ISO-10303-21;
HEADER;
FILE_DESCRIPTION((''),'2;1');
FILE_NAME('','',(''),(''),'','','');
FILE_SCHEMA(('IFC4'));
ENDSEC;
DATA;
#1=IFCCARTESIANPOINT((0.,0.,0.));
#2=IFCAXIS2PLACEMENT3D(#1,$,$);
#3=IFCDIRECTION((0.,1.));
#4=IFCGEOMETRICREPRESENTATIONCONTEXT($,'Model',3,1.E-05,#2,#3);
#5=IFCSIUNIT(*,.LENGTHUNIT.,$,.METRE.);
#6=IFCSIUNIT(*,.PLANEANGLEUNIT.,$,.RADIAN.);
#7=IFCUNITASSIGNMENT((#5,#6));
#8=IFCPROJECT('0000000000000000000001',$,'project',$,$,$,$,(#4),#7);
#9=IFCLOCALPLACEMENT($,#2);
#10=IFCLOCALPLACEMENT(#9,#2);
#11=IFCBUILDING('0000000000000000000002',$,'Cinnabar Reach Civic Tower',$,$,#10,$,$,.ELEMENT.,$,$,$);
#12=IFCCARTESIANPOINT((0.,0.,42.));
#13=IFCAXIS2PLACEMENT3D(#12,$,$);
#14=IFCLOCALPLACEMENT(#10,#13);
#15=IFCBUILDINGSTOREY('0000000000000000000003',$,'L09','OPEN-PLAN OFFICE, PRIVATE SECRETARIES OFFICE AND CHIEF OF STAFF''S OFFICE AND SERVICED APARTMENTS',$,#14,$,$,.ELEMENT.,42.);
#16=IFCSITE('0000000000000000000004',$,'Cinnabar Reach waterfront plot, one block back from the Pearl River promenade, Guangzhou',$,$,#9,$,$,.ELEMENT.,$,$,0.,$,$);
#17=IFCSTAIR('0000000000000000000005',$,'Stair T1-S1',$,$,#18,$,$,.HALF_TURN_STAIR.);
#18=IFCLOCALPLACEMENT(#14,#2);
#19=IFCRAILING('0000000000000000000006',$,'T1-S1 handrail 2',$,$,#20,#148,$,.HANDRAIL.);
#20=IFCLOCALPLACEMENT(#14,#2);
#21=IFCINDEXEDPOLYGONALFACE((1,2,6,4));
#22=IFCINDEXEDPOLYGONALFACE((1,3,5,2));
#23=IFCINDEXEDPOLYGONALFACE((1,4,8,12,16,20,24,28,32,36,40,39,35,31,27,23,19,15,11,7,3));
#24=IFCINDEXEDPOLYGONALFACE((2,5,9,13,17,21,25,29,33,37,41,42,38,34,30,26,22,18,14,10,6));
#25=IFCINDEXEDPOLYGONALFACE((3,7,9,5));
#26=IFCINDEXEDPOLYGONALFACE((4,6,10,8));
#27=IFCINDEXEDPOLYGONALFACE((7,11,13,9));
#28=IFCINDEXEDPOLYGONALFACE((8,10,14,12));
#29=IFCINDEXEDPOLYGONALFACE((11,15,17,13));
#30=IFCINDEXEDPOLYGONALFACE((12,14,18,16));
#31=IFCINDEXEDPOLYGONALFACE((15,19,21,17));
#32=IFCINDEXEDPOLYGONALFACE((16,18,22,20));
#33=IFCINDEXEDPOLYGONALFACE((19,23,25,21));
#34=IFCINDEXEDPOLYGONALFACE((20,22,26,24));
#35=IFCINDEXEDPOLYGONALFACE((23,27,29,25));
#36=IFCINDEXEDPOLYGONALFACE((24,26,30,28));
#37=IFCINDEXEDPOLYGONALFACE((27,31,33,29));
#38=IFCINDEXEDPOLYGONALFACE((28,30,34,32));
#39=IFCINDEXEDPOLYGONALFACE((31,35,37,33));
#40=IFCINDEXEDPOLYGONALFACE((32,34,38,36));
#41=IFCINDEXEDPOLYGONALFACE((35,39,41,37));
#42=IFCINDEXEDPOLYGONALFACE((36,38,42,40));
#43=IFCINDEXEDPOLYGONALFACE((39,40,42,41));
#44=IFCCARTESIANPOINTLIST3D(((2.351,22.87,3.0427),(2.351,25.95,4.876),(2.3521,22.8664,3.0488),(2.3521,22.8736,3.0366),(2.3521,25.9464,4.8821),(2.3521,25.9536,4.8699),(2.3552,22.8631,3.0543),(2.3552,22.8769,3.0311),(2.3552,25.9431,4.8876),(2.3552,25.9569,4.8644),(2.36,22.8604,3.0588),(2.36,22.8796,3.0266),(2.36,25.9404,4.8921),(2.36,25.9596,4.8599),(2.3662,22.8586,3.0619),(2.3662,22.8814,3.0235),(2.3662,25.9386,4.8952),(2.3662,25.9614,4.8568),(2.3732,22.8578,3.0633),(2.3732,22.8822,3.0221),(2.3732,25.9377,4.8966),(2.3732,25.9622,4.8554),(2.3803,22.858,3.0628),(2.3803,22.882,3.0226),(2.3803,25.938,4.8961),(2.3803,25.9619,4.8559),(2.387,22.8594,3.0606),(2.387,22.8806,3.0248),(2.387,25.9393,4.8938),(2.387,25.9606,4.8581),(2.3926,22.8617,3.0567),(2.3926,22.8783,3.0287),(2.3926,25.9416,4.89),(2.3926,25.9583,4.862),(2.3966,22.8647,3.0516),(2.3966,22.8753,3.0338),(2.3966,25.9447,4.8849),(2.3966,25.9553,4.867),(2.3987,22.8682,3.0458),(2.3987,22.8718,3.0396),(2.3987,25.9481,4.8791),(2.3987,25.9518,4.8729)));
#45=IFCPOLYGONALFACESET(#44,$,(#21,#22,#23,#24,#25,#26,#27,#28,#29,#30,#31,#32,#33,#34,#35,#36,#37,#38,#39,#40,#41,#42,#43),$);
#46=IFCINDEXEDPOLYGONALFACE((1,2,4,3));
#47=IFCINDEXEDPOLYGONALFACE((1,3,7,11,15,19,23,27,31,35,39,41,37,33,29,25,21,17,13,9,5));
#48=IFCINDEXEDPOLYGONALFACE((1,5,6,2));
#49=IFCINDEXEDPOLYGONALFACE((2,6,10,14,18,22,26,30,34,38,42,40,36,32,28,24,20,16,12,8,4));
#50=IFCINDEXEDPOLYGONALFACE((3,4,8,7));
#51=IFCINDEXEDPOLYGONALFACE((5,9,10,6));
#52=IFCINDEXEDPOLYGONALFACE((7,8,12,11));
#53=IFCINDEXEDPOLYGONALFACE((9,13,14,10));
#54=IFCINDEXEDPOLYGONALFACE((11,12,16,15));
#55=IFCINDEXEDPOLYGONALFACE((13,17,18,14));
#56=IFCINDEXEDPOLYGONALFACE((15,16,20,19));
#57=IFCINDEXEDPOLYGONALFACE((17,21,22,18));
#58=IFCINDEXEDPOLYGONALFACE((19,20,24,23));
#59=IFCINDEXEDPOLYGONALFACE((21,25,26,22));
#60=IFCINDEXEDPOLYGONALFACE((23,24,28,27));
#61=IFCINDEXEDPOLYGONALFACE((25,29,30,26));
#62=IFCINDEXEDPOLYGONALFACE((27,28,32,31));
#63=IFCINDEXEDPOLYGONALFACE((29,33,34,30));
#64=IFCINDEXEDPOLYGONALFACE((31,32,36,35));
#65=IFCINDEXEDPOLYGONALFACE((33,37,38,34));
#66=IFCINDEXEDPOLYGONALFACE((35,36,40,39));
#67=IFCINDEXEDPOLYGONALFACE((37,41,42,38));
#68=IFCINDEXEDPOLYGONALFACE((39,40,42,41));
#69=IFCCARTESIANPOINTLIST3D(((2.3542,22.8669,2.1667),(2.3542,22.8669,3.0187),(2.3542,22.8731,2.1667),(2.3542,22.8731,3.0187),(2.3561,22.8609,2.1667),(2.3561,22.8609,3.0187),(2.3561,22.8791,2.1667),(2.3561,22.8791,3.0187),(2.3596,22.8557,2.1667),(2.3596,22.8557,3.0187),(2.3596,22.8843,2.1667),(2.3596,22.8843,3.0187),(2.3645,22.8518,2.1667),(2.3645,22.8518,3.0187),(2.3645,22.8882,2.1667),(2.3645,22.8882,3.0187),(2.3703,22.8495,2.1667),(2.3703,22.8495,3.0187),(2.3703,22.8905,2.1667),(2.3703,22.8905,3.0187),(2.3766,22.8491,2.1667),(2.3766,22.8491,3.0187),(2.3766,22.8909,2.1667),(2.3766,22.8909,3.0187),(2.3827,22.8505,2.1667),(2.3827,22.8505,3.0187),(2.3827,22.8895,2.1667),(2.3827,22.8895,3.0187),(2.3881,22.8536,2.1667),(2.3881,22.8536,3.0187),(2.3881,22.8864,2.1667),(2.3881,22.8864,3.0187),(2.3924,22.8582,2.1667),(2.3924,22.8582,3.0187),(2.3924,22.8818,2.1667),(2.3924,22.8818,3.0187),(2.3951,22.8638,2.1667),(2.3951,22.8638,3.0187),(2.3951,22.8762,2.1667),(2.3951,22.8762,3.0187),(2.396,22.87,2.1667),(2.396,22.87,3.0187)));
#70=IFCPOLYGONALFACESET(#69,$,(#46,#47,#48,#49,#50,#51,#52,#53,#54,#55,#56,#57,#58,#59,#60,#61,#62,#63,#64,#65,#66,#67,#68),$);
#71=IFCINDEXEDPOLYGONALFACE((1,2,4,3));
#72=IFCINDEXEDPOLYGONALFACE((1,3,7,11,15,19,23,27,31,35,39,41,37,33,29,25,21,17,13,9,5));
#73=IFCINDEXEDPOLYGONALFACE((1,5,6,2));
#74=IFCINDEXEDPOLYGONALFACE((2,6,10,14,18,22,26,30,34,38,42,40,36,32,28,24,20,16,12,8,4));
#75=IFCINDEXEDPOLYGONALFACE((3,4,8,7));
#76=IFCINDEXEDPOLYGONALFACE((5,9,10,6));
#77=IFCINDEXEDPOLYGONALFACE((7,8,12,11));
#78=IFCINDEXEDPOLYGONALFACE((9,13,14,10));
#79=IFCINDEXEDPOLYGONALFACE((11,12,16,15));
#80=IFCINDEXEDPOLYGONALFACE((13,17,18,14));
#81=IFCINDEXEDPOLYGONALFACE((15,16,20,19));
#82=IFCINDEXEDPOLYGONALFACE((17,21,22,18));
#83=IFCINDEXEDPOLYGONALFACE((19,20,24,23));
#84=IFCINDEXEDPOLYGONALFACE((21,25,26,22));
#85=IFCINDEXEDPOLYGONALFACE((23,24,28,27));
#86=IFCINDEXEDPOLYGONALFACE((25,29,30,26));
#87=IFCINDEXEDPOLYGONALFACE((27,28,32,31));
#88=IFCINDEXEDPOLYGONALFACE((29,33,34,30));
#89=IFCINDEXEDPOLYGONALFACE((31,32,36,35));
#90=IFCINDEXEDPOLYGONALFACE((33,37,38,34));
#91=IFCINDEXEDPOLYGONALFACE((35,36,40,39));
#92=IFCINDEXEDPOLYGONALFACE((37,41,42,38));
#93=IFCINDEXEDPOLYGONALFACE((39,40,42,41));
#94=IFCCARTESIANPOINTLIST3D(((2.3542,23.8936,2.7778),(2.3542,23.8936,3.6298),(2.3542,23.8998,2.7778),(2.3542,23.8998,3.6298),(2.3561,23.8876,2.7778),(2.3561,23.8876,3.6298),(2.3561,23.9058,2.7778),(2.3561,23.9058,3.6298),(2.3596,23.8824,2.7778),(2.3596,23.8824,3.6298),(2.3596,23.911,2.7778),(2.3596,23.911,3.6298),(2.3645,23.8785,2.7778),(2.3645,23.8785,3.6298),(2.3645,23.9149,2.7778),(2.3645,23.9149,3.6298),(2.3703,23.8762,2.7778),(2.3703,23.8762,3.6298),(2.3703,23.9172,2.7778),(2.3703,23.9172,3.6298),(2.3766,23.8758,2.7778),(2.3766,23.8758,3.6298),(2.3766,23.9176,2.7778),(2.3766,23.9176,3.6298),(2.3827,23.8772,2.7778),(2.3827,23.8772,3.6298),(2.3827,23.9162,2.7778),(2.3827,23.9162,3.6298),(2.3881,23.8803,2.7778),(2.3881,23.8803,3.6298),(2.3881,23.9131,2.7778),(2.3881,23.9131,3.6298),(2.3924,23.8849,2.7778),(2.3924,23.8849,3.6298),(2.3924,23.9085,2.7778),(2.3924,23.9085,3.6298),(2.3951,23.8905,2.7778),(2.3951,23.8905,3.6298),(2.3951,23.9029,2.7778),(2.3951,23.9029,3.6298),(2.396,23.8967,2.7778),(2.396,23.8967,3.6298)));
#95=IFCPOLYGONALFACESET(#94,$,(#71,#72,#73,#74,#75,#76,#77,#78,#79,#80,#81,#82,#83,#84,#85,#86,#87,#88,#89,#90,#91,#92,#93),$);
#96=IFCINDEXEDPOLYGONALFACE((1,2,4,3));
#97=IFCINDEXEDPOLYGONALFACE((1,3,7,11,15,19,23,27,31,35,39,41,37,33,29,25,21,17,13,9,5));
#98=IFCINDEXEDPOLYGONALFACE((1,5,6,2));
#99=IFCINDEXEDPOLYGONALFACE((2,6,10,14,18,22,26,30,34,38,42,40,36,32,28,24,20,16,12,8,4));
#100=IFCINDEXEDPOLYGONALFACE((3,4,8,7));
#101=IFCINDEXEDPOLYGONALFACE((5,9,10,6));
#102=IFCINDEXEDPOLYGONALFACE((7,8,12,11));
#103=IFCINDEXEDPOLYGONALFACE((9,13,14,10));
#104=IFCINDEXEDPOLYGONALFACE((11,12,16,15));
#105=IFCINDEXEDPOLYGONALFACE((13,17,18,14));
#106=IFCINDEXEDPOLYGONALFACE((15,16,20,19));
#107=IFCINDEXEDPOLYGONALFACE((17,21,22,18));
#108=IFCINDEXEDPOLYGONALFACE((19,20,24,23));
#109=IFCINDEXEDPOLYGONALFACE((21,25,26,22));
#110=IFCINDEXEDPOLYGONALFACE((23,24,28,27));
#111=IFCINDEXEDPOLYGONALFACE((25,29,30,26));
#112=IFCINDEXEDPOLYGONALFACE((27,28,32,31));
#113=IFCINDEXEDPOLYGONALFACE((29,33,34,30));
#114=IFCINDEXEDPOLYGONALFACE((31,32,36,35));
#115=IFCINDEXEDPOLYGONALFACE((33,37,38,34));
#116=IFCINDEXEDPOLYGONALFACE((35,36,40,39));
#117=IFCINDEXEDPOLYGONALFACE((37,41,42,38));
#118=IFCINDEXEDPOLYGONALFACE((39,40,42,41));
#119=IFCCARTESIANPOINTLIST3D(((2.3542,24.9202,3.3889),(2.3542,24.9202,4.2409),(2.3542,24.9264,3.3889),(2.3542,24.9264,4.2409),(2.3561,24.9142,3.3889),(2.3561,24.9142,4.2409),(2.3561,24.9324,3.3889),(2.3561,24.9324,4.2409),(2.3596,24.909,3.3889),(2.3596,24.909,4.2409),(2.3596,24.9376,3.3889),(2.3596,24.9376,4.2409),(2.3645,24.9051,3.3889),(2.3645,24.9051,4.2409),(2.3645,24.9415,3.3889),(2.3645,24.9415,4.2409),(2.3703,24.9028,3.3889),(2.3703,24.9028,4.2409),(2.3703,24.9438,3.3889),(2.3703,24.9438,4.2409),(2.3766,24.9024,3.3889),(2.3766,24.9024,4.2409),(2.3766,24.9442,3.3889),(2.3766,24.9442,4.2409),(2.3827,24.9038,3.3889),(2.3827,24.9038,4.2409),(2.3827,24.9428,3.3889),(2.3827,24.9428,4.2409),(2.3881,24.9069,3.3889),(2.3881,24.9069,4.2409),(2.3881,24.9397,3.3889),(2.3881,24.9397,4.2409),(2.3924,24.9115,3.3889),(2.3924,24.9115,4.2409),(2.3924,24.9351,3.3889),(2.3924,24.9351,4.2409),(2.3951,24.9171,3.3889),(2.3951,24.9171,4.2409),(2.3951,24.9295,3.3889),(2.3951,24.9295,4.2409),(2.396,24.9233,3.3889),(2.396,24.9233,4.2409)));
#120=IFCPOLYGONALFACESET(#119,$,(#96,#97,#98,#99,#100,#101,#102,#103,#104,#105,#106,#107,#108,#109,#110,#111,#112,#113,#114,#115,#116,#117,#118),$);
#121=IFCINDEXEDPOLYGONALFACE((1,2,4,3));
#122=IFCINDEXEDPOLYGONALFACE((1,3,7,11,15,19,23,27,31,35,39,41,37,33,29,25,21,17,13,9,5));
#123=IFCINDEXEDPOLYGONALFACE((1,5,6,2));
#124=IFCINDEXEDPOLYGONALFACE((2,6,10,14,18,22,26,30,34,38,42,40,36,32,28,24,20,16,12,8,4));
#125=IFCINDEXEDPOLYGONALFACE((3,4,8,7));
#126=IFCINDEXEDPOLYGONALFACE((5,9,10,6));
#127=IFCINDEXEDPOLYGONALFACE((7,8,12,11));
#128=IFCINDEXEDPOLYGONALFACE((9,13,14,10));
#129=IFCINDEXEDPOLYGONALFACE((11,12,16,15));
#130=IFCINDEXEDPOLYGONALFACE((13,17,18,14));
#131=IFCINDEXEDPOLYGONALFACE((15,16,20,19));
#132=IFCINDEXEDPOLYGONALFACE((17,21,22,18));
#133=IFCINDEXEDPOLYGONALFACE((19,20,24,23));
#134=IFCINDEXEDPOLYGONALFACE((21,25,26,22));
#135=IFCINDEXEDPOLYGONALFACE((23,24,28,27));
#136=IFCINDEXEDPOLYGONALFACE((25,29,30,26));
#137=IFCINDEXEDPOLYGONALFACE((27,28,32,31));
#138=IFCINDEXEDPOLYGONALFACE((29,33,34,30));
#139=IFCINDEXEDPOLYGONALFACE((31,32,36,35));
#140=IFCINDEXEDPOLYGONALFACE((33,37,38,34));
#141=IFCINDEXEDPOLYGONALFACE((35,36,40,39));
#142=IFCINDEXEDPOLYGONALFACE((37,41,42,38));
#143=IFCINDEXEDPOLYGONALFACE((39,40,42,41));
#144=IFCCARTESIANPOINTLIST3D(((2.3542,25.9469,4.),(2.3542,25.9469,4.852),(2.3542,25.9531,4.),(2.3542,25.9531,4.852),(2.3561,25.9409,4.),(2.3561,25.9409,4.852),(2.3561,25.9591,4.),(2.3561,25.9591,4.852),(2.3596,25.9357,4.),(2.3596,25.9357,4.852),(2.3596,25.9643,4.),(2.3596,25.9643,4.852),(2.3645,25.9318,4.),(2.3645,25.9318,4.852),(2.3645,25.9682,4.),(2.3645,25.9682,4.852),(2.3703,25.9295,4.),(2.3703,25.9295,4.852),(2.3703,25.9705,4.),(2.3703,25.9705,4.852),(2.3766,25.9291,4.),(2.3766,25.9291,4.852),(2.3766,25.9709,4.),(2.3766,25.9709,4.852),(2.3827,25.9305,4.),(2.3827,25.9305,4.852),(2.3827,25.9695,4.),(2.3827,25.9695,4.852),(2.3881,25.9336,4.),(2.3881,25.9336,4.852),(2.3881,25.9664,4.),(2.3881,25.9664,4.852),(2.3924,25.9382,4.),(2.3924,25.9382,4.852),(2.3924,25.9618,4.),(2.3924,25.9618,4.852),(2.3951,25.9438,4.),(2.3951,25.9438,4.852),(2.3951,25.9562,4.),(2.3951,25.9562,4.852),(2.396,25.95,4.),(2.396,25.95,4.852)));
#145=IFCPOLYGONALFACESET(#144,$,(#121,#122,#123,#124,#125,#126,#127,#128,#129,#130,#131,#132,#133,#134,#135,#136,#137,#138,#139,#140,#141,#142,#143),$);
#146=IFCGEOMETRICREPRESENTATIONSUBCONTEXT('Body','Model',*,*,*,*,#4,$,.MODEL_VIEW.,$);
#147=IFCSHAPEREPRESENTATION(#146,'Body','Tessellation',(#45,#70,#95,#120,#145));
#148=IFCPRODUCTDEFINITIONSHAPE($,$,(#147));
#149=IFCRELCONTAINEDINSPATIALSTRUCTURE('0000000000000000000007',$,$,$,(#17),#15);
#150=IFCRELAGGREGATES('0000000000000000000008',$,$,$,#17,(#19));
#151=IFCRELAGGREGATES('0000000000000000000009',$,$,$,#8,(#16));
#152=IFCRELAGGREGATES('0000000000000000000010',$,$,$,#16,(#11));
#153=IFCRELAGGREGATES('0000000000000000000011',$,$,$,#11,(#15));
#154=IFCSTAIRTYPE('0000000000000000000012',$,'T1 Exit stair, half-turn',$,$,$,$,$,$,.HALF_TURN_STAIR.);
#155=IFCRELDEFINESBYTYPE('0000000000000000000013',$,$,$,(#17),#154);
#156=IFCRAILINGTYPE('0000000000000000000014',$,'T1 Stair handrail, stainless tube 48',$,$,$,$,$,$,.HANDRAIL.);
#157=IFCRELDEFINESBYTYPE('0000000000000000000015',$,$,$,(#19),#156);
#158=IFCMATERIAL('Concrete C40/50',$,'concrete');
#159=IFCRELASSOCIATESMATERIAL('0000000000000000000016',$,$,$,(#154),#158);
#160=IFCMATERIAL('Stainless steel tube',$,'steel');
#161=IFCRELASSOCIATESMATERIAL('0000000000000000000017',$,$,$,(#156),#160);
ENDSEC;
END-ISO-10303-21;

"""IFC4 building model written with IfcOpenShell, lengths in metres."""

from ifc_helpers import new_model, si_unit, direction, frame, origin, origin_2d, place, context, subcontext, project, spatial, circle, extrude, material, type_object, element, aggregate, save


model = new_model("IFC4")

# Units and contexts
model_context = context("Model", 3, precision=1e-05, world=origin(), true_north=direction((0.0, 1.0)))
body_context = subcontext(model_context, "Body", "Model", "MODEL_VIEW")
ifc_project = project(units=[si_unit("LENGTHUNIT", "METRE"), si_unit("PLANEANGLEUNIT", "RADIAN")], contexts=[model_context])

# Site, building, storey
site_placement = place(None, origin())
site = spatial("IfcSite", under=ifc_project, at=site_placement, Name="Cinnabar Reach waterfront plot, one block back from the Pearl River promenade, Guangzhou", CompositionType="ELEMENT", RefElevation=0.0)
building_placement = place(site_placement, origin())
building = spatial("IfcBuilding", under=site, at=building_placement, Name="Cinnabar Reach Civic Tower", CompositionType="ELEMENT")
storey_placement = place(building_placement, frame((0.0, 0.0, 42.0)))
storey = spatial("IfcBuildingStorey", under=building, at=storey_placement, Name="L09", Description="OPEN-PLAN OFFICE, PRIVATE SECRETARIES OFFICE AND CHIEF OF STAFF'S OFFICE AND SERVICED APARTMENTS", CompositionType="ELEMENT", Elevation=42.0)

# Shared definitions
ifc_material_1 = material(Name="Concrete C40/50", Category="concrete")

# Stair, railing
stair_type = type_object("IfcStairType", Name="T1 Exit stair, half-turn", PredefinedType="HALF_TURN_STAIR", material=ifc_material_1)
stair_placement = place(storey_placement, origin())
stair = element("IfcStair", 1, at=stair_placement, inside=storey, type_object=stair_type, Name="Stair T1-S1", PredefinedType="HALF_TURN_STAIR")
ifc_material_2 = material(Name="Stainless steel tube", Category="steel")
railing_type = type_object("IfcRailingType", Name="T1 Stair handrail, stainless tube 48", PredefinedType="HANDRAIL", material=ifc_material_2)
railing_1_placement = place(storey_placement, frame((2.375, 22.87, 2.1667)))
railing_1 = element("IfcRailing", 2, at=railing_1_placement, type_object=railing_type, Name="T1-S1 handrail 2", PredefinedType="HANDRAIL", context=body_context, shape_type="SweptSolid", body=[
    extrude(circle(Radius=0.024, at=origin_2d()), frame((0.0, 0.0, 0.876), z_axis=(0.0, 0.859297, 0.511477), x_axis=(-1.0, 0.0, 0.0)), (0.0, 0.0, 1.0), 3.5843),
    extrude(circle(Radius=0.021, at=origin_2d()), origin(), (0.0, 0.0, 1.0), 0.852),
    extrude(circle(Radius=0.021, at=origin_2d()), frame((0.0, 1.0267, 0.6111)), (0.0, 0.0, 1.0), 0.852),
    extrude(circle(Radius=0.021, at=origin_2d()), frame((0.0, 2.0533, 1.2222)), (0.0, 0.0, 1.0), 0.852),
    extrude(circle(Radius=0.021, at=origin_2d()), frame((0.0, 3.08, 1.8333)), (0.0, 0.0, 1.0), 0.852),
])
aggregate(stair, [railing_1])

save(model, "model.ifc")
